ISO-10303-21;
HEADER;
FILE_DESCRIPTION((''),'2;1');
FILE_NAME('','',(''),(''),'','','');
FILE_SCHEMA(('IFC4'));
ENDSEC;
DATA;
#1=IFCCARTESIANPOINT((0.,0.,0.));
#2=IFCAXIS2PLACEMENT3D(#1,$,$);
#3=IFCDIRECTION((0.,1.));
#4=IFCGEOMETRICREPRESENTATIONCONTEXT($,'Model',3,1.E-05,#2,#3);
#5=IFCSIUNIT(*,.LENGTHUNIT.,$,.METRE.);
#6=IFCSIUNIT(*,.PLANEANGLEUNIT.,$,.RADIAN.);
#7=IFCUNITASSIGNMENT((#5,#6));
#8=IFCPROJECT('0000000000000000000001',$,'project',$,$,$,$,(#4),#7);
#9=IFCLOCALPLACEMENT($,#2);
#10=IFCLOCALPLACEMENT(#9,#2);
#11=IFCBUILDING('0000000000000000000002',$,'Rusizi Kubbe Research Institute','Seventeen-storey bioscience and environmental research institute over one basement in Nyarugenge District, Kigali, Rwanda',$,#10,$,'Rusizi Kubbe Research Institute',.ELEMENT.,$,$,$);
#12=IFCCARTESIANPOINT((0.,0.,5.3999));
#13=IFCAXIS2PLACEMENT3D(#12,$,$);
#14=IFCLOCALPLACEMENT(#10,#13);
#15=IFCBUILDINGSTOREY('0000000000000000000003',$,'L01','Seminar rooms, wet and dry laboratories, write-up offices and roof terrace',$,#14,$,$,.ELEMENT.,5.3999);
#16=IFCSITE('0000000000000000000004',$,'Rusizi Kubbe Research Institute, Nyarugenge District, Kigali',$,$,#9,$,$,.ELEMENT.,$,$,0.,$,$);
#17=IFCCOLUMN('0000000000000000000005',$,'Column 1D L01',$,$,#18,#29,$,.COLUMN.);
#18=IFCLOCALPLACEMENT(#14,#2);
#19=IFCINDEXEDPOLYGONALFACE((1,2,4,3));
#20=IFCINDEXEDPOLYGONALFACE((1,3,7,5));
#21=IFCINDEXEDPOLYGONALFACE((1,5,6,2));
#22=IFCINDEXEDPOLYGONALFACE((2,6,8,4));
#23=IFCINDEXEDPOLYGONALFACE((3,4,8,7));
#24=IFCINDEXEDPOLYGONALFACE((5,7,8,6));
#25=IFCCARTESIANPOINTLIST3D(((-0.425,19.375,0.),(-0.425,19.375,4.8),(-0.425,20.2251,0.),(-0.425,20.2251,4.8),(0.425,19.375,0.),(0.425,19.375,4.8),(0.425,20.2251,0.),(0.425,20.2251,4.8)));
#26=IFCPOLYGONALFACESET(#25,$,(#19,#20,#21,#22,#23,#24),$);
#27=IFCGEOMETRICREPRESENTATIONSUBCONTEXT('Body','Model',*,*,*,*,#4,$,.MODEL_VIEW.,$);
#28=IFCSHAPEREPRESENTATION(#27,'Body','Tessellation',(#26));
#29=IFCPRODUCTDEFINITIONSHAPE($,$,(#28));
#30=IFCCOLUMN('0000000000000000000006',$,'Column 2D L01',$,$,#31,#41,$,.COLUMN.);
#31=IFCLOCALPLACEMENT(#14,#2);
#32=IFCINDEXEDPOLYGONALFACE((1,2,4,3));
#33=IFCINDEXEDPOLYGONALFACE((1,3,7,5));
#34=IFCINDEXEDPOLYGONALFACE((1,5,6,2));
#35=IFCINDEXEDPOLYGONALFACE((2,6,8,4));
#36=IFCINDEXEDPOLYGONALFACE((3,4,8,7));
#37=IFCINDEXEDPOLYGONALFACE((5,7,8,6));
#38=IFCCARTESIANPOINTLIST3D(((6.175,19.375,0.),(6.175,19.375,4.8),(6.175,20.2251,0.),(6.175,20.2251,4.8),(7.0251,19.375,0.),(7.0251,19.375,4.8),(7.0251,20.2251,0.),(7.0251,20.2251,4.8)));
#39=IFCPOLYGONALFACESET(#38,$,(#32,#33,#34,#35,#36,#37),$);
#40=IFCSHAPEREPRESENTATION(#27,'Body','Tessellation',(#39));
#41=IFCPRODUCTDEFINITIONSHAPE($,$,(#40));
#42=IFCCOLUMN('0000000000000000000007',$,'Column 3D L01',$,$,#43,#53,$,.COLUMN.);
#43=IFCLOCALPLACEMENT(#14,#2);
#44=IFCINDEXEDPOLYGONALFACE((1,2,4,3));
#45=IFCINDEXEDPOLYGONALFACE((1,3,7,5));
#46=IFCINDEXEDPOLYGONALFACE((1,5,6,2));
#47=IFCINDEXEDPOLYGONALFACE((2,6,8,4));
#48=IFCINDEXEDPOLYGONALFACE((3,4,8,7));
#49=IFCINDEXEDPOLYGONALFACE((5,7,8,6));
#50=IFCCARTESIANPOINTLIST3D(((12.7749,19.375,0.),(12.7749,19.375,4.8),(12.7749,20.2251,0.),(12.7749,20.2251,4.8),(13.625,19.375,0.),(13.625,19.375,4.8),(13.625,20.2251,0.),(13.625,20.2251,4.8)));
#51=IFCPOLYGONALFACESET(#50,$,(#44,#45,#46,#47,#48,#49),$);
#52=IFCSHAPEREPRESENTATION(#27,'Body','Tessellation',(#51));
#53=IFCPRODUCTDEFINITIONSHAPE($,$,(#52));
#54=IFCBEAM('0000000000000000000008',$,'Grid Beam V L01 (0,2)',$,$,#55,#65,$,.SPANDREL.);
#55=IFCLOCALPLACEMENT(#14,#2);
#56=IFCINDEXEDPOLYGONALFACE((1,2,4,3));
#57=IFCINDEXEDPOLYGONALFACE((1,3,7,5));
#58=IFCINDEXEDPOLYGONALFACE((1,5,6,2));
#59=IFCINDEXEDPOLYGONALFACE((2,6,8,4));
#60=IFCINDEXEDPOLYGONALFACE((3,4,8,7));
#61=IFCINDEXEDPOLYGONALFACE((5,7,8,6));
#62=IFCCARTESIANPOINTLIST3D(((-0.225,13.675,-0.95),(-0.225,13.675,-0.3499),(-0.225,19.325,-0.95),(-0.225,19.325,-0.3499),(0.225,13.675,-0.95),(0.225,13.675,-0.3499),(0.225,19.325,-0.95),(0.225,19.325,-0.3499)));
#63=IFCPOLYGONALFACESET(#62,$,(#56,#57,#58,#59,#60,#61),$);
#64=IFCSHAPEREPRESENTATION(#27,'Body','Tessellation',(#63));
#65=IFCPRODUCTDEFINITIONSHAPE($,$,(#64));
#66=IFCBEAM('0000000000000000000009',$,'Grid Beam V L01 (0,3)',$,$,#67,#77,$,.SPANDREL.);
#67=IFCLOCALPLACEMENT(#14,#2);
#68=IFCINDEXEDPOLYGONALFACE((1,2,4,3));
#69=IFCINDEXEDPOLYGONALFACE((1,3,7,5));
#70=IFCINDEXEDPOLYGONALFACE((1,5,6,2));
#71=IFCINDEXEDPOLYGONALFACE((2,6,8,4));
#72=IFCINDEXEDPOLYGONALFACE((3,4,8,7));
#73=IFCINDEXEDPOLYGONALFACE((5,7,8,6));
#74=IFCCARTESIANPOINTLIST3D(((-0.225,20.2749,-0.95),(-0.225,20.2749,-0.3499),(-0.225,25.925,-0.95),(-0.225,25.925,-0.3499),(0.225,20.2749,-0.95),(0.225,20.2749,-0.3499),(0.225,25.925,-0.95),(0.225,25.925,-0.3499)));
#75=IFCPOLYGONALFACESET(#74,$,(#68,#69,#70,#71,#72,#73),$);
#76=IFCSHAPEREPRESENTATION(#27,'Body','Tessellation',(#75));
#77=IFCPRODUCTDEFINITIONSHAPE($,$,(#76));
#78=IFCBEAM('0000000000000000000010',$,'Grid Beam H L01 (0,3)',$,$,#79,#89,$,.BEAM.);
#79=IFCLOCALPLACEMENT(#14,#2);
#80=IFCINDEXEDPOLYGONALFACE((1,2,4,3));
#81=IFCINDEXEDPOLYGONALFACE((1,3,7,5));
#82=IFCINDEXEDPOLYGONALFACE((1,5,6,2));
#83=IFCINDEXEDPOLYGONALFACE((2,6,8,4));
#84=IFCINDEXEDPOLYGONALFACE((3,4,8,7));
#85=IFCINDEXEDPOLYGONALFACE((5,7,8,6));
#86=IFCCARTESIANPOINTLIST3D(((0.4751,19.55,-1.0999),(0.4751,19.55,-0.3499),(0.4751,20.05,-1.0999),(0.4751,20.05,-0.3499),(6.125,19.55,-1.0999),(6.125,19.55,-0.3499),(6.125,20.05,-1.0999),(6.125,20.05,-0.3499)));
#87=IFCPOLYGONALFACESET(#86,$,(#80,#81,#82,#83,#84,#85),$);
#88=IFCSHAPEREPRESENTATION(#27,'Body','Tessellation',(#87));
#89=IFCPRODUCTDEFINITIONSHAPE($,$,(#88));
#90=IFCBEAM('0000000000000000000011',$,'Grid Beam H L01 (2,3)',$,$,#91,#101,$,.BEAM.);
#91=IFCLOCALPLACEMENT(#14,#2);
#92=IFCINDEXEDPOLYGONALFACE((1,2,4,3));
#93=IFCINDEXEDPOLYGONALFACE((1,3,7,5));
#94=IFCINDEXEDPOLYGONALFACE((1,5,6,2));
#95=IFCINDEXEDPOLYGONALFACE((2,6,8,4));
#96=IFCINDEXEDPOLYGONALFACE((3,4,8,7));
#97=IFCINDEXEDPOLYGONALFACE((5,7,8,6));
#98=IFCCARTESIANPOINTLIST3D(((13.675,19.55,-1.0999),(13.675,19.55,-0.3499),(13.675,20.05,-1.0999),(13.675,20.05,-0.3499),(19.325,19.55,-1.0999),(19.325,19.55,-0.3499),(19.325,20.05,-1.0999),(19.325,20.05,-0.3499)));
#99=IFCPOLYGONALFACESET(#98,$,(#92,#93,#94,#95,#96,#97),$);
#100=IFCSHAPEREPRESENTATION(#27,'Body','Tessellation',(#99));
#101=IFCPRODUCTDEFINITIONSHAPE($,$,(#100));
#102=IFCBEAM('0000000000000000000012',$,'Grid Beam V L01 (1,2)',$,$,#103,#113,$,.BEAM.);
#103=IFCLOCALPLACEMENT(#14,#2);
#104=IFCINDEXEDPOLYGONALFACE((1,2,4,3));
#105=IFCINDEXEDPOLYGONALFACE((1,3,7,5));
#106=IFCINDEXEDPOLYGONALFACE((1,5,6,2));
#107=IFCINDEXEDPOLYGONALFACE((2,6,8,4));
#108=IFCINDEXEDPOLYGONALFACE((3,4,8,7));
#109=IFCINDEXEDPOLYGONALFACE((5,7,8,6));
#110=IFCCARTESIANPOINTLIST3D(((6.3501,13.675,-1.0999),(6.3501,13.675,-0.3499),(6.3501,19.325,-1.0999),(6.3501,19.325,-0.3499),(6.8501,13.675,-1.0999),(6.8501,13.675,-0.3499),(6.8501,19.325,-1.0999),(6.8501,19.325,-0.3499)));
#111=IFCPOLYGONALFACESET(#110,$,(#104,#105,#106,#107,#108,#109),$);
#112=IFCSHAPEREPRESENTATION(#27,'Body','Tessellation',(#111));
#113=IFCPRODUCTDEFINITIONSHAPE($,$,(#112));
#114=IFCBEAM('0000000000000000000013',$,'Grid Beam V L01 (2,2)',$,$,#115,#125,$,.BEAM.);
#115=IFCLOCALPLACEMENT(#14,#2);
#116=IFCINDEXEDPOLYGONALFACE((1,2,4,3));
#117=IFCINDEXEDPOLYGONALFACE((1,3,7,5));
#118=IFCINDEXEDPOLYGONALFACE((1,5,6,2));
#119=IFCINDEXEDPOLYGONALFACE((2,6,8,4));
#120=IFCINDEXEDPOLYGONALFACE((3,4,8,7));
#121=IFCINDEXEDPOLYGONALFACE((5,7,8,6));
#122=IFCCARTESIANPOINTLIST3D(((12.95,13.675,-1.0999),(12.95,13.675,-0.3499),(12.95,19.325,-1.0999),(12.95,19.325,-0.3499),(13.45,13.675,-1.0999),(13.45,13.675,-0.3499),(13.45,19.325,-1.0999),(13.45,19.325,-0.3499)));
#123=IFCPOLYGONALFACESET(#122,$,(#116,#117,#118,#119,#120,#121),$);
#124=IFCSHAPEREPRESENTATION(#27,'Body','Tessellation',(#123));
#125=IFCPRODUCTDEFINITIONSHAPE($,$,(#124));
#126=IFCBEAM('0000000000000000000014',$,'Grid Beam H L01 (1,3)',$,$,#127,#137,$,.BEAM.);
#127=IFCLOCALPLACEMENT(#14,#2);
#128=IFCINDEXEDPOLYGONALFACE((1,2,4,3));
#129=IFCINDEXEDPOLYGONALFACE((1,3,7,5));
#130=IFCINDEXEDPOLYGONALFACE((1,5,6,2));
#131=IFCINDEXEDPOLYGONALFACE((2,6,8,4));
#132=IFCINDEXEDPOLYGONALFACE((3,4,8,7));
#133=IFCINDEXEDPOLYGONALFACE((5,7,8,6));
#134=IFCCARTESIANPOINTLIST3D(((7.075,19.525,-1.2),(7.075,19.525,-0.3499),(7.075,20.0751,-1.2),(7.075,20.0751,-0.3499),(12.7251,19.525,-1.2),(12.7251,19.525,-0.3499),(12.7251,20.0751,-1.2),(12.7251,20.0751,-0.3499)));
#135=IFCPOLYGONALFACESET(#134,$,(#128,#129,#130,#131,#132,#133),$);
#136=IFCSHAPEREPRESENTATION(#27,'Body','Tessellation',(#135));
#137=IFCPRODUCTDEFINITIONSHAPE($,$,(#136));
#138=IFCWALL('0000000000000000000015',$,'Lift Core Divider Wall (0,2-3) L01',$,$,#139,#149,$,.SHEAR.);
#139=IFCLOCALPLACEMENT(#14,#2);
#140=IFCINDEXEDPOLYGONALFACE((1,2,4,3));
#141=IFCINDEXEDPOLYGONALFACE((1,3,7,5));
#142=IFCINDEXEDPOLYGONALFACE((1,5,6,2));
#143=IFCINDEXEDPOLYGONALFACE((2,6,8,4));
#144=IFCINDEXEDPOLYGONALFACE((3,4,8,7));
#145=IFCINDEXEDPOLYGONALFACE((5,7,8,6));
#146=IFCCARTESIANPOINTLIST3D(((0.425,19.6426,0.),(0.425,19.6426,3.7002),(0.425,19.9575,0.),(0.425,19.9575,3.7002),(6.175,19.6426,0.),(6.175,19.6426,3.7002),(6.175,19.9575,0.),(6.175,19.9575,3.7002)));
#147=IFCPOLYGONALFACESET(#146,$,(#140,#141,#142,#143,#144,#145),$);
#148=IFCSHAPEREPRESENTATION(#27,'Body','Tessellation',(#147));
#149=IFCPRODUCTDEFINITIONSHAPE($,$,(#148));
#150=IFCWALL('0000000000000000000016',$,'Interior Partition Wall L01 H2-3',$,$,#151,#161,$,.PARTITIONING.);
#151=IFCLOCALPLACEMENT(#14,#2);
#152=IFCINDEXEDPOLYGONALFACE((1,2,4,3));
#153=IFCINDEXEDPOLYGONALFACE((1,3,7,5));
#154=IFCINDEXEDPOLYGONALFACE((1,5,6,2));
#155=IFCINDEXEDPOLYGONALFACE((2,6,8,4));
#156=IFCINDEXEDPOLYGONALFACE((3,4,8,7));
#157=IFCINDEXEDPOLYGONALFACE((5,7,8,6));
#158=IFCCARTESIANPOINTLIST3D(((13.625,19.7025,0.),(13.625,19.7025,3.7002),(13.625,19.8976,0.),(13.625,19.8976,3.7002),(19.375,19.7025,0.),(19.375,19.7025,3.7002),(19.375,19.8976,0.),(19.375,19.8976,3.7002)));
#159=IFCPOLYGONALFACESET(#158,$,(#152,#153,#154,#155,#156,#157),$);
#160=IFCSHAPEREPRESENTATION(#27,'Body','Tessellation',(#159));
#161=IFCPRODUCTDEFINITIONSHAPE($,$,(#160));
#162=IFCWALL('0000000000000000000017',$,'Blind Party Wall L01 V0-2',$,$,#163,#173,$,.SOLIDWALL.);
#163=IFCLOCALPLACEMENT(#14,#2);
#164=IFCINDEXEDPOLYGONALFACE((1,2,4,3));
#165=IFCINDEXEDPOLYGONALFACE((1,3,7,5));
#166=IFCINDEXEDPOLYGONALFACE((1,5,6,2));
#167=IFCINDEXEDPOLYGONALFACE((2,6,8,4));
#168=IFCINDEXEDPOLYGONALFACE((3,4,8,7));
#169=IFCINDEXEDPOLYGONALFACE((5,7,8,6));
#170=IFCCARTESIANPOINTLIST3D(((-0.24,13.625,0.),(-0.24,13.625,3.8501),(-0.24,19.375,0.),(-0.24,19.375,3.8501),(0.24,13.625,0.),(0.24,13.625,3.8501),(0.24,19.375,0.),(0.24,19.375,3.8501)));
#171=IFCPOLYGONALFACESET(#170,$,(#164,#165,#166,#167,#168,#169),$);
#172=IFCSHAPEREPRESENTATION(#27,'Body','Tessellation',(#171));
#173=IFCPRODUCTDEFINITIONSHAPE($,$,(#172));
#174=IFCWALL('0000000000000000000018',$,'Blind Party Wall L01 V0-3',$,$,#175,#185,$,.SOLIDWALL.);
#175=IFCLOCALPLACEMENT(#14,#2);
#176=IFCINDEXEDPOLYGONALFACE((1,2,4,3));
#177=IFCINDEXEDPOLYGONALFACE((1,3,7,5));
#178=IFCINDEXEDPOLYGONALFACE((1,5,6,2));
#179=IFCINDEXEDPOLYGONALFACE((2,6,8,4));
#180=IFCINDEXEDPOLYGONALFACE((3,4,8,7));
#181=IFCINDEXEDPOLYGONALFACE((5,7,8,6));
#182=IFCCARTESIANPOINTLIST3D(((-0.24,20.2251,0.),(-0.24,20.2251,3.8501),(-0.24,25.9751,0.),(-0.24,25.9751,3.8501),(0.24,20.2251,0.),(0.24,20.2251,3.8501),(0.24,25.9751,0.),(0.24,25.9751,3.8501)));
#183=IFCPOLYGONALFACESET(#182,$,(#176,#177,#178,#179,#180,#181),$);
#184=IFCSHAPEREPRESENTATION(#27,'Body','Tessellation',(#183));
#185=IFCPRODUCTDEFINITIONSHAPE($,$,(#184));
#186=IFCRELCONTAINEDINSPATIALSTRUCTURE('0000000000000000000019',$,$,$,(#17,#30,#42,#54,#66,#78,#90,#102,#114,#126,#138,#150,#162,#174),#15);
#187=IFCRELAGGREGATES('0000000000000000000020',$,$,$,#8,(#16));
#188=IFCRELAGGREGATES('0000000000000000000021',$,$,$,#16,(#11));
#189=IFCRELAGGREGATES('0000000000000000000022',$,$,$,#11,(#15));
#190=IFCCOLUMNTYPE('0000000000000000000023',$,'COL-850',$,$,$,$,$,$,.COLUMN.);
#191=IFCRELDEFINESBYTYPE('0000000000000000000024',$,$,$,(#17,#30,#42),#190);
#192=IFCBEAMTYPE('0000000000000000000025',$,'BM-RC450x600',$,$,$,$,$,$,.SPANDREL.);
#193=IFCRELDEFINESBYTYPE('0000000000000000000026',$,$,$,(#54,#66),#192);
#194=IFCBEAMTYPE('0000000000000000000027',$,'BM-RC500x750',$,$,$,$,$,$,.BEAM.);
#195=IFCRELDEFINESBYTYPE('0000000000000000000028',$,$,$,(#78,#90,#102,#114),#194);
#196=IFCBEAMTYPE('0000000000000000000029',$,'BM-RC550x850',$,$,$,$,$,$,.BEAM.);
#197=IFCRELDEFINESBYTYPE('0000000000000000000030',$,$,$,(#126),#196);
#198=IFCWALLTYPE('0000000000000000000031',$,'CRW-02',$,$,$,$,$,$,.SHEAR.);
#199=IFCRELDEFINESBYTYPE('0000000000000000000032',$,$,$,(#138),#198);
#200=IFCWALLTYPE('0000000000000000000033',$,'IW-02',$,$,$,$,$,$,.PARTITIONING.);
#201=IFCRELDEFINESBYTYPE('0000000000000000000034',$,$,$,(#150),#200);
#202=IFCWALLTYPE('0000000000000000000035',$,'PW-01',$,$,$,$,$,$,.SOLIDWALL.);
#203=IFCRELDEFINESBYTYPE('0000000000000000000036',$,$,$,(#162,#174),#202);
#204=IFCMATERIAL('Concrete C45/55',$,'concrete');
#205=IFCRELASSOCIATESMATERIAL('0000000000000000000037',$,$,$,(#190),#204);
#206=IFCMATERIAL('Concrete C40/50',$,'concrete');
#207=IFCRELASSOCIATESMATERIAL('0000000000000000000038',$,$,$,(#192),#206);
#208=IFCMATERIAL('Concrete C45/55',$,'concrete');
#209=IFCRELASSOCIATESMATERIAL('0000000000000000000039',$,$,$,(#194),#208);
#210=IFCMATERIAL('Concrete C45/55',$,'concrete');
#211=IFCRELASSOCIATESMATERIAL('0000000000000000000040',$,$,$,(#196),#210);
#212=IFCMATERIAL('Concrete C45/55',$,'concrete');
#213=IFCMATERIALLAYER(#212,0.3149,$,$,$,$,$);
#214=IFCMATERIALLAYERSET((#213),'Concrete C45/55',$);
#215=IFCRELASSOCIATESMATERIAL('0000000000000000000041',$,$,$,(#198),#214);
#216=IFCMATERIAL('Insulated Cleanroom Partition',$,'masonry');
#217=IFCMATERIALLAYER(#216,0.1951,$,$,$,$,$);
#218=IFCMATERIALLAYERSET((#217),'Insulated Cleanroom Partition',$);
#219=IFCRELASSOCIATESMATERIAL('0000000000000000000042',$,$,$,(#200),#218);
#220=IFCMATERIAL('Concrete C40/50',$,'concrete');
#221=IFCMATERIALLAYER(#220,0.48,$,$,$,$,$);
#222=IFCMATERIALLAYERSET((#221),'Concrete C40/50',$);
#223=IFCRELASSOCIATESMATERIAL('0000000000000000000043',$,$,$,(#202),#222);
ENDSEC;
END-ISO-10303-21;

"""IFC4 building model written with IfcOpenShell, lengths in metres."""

from ifc_helpers import new_model, si_unit, direction, frame, frame_2d, origin, origin_2d, place, context, subcontext, project, spatial, rectangle, extrude, material, layer, layer_set, material_profile, profile_set, type_object, element, save


model = new_model("IFC4")

# Units and contexts
model_context = context("Model", 3, precision=1e-05, world=origin(), true_north=direction((0.0, 1.0)))
body_context = subcontext(model_context, "Body", "Model", "MODEL_VIEW")
ifc_project = project(units=[si_unit("LENGTHUNIT", "METRE"), si_unit("PLANEANGLEUNIT", "RADIAN")], contexts=[model_context])

# Site, building, storey
site_placement = place(None, origin())
site = spatial("IfcSite", under=ifc_project, at=site_placement, Name="Rusizi Kubbe Research Institute, Nyarugenge District, Kigali", CompositionType="ELEMENT", RefElevation=0.0)
building_placement = place(site_placement, origin())
building = spatial("IfcBuilding", under=site, at=building_placement, Name="Rusizi Kubbe Research Institute", Description="Seventeen-storey bioscience and environmental research institute over one basement in Nyarugenge District, Kigali, Rwanda", LongName="Rusizi Kubbe Research Institute", CompositionType="ELEMENT")
storey_placement = place(building_placement, frame((0.0, 0.0, 5.3999)))
storey = spatial("IfcBuildingStorey", under=building, at=storey_placement, Name="L01", Description="Seminar rooms, wet and dry laboratories, write-up offices and roof terrace", CompositionType="ELEMENT", Elevation=5.3999)

# Columns
ifc_material_1 = material(Name="Concrete C45/55", Category="concrete")
ifc_material_profile_1 = material_profile(ifc_material_1, rectangle(XDim=0.8501, YDim=0.8501, at=origin_2d()), Name="RC850x850")
ifc_profile_set_1 = profile_set([ifc_material_profile_1], Name="Concrete C45/55")
column_type = type_object("IfcColumnType", Name="COL-850", PredefinedType="COLUMN", material=ifc_profile_set_1)
for number, where, z_axis, x_axis, name in (
    (1, (0.0, 19.8, 0.0), (0.0, 0.0, 1.0), (1.0, 0.0, 0.0), "Column 1D L01"),
    (2, (6.6001, 19.8, 0.0), (0.0, 0.0, 1.0), (1.0, 0.0, 0.0), "Column 2D L01"),
    (3, (13.2, 19.8, 0.0), (0.0, 0.0, 1.0), (1.0, 0.0, 0.0), "Column 3D L01"),
):
    element("IfcColumn", number, at=place(storey_placement, frame(where, z_axis=z_axis, x_axis=x_axis)), inside=storey, type_object=column_type, Name=name, PredefinedType="COLUMN", context=body_context, shape_type="SweptSolid", body=[
        extrude(rectangle(XDim=0.8501, YDim=0.8501, at=origin_2d()), origin(), (0.0, 0.0, 1.0), 4.8),
    ])

# Beams
ifc_material_2 = material(Name="Concrete C40/50", Category="concrete")
ifc_material_profile_2 = material_profile(ifc_material_2, rectangle(XDim=0.45, YDim=0.6001, at=origin_2d()), Name="RC450x600")
ifc_profile_set_2 = profile_set([ifc_material_profile_2], Name="Concrete C40/50")
beam_type_1 = type_object("IfcBeamType", Name="BM-RC450x600", PredefinedType="SPANDREL", material=ifc_profile_set_2)
beam_1_placement = place(storey_placement, frame((0.0, 13.675, -0.6499), z_axis=(0.0, 1.0, 0.0), x_axis=(-1.0, 0.0, 0.0)))
element("IfcBeam", 4, at=beam_1_placement, inside=storey, type_object=beam_type_1, Name="Grid Beam V L01 (0,2)", PredefinedType="SPANDREL", context=body_context, shape_type="SweptSolid", body=[
    extrude(rectangle(XDim=0.45, YDim=0.6001, at=origin_2d()), origin(), (0.0, 0.0, 1.0), 5.6499),
])
beam_2_placement = place(storey_placement, frame((0.0, 20.2749, -0.6499), z_axis=(0.0, 1.0, 0.0), x_axis=(-1.0, 0.0, 0.0)))
element("IfcBeam", 5, at=beam_2_placement, inside=storey, type_object=beam_type_1, Name="Grid Beam V L01 (0,3)", PredefinedType="SPANDREL", context=body_context, shape_type="SweptSolid", body=[
    extrude(rectangle(XDim=0.45, YDim=0.6001, at=origin_2d()), origin(), (0.0, 0.0, 1.0), 5.6501),
])
ifc_material_3 = material(Name="Concrete C45/55", Category="concrete")
ifc_material_profile_3 = material_profile(ifc_material_3, rectangle(XDim=0.5, YDim=0.75, at=origin_2d()), Name="RC500x750B")
ifc_profile_set_3 = profile_set([ifc_material_profile_3], Name="Concrete C45/55")
beam_type_2 = type_object("IfcBeamType", Name="BM-RC500x750", PredefinedType="BEAM", material=ifc_profile_set_3)
for number, where, z_axis, x_axis, name in (
    (6, (0.4751, 19.8, -0.7249), (1.0, 0.0, 0.0), (0.0, 1.0, 0.0), "Grid Beam H L01 (0,3)"),
    (7, (13.675, 19.8, -0.7249), (1.0, 0.0, 0.0), (0.0, 1.0, 0.0), "Grid Beam H L01 (2,3)"),
    (8, (6.6001, 13.675, -0.7249), (0.0, 1.0, 0.0), (-1.0, 0.0, 0.0), "Grid Beam V L01 (1,2)"),
    (9, (13.2, 13.675, -0.7249), (0.0, 1.0, 0.0), (-1.0, 0.0, 0.0), "Grid Beam V L01 (2,2)"),
):
    element("IfcBeam", number, at=place(storey_placement, frame(where, z_axis=z_axis, x_axis=x_axis)), inside=storey, type_object=beam_type_2, Name=name, PredefinedType="BEAM", context=body_context, shape_type="SweptSolid", body=[
        extrude(rectangle(XDim=0.5, YDim=0.75, at=origin_2d()), origin(), (0.0, 0.0, 1.0), 5.6499),
    ])
ifc_material_4 = material(Name="Concrete C45/55", Category="concrete")
ifc_material_profile_4 = material_profile(ifc_material_4, rectangle(XDim=0.55, YDim=0.8501, at=origin_2d()), Name="RC550x850")
ifc_profile_set_4 = profile_set([ifc_material_profile_4], Name="Concrete C45/55")
beam_type_3 = type_object("IfcBeamType", Name="BM-RC550x850", PredefinedType="BEAM", material=ifc_profile_set_4)
beam_3_placement = place(storey_placement, frame((7.075, 19.8, -0.7749), z_axis=(1.0, 0.0, 0.0), x_axis=(0.0, 1.0, 0.0)))
element("IfcBeam", 10, at=beam_3_placement, inside=storey, type_object=beam_type_3, Name="Grid Beam H L01 (1,3)", PredefinedType="BEAM", context=body_context, shape_type="SweptSolid", body=[
    extrude(rectangle(XDim=0.55, YDim=0.8501, at=origin_2d()), origin(), (0.0, 0.0, 1.0), 5.6501),
])

# Wall
ifc_material_5 = material(Name="Concrete C45/55", Category="concrete")
ifc_layer_1 = layer(ifc_material_5, 0.3149)
ifc_layer_set_1 = layer_set([ifc_layer_1], Name="Concrete C45/55")
wall_type_1 = type_object("IfcWallType", Name="CRW-02", PredefinedType="SHEAR", material=ifc_layer_set_1)
wall_1_placement = place(storey_placement, frame((0.425, 19.8, 0.0), z_axis=(0.0, 0.0, 1.0), x_axis=(1.0, 0.0, 0.0)))
element("IfcWall", 11, at=wall_1_placement, inside=storey, type_object=wall_type_1, Name="Lift Core Divider Wall (0,2-3) L01", PredefinedType="SHEAR", context=body_context, shape_type="SweptSolid", body=[
    extrude(rectangle(XDim=5.75, YDim=0.3149, at=frame_2d((2.875, 0.0))), origin(), (0.0, 0.0, 1.0), 3.7002),
])

# Walls
ifc_material_6 = material(Name="Insulated Cleanroom Partition", Category="masonry")
ifc_layer_2 = layer(ifc_material_6, 0.1951)
ifc_layer_set_2 = layer_set([ifc_layer_2], Name="Insulated Cleanroom Partition")
wall_type_2 = type_object("IfcWallType", Name="IW-02", PredefinedType="PARTITIONING", material=ifc_layer_set_2)
wall_2_placement = place(storey_placement, frame((13.625, 19.8, 0.0), z_axis=(0.0, 0.0, 1.0), x_axis=(1.0, 0.0, 0.0)))
element("IfcWall", 12, at=wall_2_placement, inside=storey, type_object=wall_type_2, Name="Interior Partition Wall L01 H2-3", PredefinedType="PARTITIONING", context=body_context, shape_type="SweptSolid", body=[
    extrude(rectangle(XDim=5.75, YDim=0.1951, at=frame_2d((2.875, 0.0))), origin(), (0.0, 0.0, 1.0), 3.7002),
])
ifc_material_7 = material(Name="Concrete C40/50", Category="concrete")
ifc_layer_3 = layer(ifc_material_7, 0.48)
ifc_layer_set_3 = layer_set([ifc_layer_3], Name="Concrete C40/50")
wall_type_3 = type_object("IfcWallType", Name="PW-01", PredefinedType="SOLIDWALL", material=ifc_layer_set_3)
for number, where, z_axis, x_axis, name in (
    (13, (0.0, 13.625, 0.0), (0.0, 0.0, 1.0), (0.0, 1.0, 0.0), "Blind Party Wall L01 V0-2"),
    (14, (0.0, 20.2251, 0.0), (0.0, 0.0, 1.0), (0.0, 1.0, 0.0), "Blind Party Wall L01 V0-3"),
):
    element("IfcWall", number, at=place(storey_placement, frame(where, z_axis=z_axis, x_axis=x_axis)), inside=storey, type_object=wall_type_3, Name=name, PredefinedType="SOLIDWALL", context=body_context, shape_type="SweptSolid", body=[
        extrude(rectangle(XDim=5.75, YDim=0.48, at=frame_2d((2.875, 0.0))), origin(), (0.0, 0.0, 1.0), 3.8501),
    ])

save(model, "model.ifc")
